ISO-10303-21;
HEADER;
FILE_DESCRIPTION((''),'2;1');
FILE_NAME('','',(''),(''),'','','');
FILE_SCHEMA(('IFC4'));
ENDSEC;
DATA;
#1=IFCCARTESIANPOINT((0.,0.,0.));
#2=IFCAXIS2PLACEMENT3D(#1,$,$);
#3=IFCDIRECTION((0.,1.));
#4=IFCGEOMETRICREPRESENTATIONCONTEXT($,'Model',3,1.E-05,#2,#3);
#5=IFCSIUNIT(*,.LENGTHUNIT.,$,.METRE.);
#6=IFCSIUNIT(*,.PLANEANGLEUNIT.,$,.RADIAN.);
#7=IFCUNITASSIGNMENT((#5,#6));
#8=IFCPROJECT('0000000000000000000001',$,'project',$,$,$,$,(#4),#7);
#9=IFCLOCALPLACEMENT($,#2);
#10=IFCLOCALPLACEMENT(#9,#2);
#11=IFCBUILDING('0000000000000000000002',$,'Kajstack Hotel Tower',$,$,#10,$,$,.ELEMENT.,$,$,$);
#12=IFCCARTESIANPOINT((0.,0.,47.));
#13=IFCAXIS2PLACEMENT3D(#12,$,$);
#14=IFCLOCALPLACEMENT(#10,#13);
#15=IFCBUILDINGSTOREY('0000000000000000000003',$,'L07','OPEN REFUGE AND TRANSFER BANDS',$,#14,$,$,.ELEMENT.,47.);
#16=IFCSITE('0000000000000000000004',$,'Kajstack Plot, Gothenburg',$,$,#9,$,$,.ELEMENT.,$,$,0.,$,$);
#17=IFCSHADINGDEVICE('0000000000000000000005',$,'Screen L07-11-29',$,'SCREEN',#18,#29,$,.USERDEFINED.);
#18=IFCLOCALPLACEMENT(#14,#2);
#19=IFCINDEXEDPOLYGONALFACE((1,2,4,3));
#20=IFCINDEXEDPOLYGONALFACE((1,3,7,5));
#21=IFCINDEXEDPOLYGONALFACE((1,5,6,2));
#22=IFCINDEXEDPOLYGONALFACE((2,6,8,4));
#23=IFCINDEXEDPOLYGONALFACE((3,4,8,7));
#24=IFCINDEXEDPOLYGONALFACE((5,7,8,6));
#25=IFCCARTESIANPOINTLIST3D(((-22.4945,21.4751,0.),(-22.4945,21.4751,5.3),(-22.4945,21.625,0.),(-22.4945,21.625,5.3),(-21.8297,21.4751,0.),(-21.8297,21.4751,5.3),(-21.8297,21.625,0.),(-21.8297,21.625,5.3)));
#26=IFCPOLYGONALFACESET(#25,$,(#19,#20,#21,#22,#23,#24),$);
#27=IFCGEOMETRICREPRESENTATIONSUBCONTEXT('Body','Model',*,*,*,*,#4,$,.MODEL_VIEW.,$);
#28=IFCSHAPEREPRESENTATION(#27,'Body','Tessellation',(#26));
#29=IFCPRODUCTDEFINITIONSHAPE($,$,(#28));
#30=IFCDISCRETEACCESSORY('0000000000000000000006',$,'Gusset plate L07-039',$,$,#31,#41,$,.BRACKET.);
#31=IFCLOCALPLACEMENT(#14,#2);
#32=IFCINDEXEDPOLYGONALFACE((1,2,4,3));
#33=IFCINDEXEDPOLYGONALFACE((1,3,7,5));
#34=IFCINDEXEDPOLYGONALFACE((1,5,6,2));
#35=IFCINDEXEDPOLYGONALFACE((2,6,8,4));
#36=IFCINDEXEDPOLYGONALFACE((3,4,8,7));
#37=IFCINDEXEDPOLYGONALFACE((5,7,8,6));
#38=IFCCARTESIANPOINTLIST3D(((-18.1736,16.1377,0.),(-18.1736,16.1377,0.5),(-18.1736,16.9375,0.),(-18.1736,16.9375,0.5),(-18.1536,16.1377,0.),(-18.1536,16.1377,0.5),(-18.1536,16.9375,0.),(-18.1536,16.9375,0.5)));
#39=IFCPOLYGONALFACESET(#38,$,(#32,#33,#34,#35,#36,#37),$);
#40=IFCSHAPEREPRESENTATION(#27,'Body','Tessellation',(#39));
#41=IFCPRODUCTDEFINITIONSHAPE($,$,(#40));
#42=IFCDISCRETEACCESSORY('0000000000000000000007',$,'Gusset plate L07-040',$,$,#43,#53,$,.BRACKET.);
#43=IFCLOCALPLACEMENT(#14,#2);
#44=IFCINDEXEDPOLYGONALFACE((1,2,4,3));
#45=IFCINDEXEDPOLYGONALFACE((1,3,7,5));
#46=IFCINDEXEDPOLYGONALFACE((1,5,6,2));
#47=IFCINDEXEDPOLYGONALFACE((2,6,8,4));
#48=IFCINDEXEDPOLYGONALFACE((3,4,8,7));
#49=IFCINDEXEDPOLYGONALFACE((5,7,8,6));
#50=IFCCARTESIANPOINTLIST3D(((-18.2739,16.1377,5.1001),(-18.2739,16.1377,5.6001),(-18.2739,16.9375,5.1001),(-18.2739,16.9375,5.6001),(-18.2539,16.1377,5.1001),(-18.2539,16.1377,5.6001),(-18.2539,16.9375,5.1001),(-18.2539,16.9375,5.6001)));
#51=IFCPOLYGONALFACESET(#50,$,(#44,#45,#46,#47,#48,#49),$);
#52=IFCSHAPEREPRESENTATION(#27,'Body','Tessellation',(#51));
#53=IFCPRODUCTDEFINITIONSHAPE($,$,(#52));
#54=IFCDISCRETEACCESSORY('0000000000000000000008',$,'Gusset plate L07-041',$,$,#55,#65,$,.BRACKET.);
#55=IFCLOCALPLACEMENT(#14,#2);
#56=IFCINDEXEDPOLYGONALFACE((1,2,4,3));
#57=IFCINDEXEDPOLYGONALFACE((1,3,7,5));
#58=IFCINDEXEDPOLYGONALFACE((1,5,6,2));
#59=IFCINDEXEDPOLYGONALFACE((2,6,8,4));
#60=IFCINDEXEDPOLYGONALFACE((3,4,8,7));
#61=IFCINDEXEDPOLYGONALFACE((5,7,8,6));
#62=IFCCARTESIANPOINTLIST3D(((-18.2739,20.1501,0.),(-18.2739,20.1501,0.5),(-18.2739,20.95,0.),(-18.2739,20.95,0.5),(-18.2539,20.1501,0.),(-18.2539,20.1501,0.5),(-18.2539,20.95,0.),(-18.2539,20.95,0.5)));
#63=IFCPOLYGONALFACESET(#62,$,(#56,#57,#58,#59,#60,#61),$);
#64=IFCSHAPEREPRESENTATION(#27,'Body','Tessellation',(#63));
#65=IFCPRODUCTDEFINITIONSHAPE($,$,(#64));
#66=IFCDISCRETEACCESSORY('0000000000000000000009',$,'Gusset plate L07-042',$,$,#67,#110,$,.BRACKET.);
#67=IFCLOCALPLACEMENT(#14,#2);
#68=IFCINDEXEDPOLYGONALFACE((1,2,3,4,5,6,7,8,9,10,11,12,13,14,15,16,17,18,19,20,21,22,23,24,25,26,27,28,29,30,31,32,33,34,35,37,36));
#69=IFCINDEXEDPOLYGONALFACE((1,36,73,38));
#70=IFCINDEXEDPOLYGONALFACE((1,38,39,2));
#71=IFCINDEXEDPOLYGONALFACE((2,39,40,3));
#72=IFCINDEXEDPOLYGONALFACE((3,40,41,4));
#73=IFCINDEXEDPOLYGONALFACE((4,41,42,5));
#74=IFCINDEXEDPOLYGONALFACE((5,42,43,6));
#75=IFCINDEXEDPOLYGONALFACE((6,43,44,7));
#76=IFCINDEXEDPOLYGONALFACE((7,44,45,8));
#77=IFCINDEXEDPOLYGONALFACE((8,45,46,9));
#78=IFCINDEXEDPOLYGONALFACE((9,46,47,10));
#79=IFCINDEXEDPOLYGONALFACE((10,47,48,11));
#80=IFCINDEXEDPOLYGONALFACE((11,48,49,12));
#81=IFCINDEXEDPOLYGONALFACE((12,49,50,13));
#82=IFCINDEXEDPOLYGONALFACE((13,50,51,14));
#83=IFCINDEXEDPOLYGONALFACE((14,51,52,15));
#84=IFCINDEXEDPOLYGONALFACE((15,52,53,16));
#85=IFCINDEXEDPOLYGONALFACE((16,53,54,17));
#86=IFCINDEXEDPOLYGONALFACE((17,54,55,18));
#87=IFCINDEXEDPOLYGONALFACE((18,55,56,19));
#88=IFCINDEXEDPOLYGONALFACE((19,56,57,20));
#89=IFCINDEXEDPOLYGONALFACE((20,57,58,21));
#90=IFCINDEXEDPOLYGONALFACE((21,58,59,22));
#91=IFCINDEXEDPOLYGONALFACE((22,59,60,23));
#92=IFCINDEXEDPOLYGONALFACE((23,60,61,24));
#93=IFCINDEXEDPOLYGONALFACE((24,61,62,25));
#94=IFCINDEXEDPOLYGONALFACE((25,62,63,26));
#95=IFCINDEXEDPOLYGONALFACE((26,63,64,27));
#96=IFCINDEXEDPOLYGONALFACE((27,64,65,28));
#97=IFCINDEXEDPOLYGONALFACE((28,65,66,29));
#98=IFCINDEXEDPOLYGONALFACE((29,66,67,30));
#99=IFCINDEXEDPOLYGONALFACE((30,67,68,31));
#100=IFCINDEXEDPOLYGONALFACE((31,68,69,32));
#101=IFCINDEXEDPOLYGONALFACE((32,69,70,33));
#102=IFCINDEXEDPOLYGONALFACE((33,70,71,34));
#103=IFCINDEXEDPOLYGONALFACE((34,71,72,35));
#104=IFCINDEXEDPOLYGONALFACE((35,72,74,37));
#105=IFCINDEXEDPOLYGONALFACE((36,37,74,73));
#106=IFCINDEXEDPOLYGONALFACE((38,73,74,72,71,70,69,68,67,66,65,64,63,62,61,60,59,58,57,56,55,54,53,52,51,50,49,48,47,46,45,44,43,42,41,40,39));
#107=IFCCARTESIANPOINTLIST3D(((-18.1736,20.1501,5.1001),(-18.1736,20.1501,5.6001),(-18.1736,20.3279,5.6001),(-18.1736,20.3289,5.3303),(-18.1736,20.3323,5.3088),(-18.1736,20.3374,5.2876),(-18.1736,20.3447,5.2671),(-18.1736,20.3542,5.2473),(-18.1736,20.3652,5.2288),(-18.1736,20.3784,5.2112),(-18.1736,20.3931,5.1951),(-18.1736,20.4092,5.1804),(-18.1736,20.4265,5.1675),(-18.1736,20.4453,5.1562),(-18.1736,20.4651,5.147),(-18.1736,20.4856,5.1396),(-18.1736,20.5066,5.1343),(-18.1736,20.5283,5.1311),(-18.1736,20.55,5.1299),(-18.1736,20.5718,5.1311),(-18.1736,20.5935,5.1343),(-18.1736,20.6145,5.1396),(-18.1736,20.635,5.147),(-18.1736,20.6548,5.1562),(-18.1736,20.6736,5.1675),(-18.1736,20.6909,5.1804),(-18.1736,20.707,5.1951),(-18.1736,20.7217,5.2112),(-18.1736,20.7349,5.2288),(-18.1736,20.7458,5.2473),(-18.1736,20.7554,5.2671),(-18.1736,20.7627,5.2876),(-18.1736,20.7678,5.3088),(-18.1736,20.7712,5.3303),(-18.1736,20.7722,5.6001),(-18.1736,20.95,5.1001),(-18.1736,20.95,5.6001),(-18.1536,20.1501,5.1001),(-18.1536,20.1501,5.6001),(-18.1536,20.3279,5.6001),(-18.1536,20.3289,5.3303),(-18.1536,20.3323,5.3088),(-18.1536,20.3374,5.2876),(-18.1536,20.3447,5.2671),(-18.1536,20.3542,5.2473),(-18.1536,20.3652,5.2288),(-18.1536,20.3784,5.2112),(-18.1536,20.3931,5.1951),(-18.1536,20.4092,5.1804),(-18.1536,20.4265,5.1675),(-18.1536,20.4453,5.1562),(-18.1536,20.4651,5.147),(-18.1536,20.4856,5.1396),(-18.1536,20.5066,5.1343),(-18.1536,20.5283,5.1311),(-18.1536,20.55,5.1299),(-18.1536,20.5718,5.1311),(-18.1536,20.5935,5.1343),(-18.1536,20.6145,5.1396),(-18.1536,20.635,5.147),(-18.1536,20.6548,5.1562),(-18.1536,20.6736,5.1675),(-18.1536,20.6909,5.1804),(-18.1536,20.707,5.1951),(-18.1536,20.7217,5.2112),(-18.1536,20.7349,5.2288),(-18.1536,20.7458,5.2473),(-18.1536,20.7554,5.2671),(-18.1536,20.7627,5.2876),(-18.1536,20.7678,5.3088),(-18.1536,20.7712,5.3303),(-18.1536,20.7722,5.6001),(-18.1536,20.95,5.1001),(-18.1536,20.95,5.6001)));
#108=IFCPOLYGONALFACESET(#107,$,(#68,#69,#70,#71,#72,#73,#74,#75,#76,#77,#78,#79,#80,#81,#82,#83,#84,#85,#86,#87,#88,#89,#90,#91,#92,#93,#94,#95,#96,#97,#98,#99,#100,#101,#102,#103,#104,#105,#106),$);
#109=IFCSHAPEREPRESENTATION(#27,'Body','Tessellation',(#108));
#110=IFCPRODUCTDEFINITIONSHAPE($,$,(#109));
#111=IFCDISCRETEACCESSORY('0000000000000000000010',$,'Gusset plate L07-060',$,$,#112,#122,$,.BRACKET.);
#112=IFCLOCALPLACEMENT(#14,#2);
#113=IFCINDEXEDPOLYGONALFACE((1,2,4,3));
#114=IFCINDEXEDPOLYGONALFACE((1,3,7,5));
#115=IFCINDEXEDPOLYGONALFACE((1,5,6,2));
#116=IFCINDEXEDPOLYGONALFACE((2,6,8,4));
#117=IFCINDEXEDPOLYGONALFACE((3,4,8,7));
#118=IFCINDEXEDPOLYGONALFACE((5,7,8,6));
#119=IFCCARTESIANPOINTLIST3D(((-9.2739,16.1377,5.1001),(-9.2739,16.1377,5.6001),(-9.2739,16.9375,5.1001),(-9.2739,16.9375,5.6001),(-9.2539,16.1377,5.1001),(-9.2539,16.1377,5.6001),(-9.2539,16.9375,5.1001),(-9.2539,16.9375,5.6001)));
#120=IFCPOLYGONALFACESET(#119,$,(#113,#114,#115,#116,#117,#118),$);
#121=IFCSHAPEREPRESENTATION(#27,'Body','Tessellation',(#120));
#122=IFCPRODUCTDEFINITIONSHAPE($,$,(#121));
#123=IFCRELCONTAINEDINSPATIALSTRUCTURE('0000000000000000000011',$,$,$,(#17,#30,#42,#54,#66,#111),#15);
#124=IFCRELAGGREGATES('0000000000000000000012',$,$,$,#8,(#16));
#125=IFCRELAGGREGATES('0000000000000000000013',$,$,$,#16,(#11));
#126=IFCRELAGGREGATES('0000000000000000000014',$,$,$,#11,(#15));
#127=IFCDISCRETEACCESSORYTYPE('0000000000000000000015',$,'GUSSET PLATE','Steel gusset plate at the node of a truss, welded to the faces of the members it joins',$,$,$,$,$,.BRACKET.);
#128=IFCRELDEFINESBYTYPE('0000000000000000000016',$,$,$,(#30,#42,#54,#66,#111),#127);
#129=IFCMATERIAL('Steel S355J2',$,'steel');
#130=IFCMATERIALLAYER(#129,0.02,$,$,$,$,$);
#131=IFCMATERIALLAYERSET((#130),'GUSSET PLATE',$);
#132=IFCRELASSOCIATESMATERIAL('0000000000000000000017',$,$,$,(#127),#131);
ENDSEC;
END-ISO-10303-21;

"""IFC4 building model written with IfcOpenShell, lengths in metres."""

from ifc_helpers import new_model, si_unit, direction, frame, origin, origin_2d, place, context, subcontext, project, spatial, polyline, rectangle, outline, extrude, material, layer, layer_set, type_object, element, save


model = new_model("IFC4")

# Units and contexts
model_context = context("Model", 3, precision=1e-05, world=origin(), true_north=direction((0.0, 1.0)))
body_context = subcontext(model_context, "Body", "Model", "MODEL_VIEW")
ifc_project = project(units=[si_unit("LENGTHUNIT", "METRE"), si_unit("PLANEANGLEUNIT", "RADIAN")], contexts=[model_context])

# Site, building, storey
site_placement = place(None, origin())
site = spatial("IfcSite", under=ifc_project, at=site_placement, Name="Kajstack Plot, Gothenburg", CompositionType="ELEMENT", RefElevation=0.0)
building_placement = place(site_placement, origin())
building = spatial("IfcBuilding", under=site, at=building_placement, Name="Kajstack Hotel Tower", CompositionType="ELEMENT")
storey_placement = place(building_placement, frame((0.0, 0.0, 47.0)))
storey = spatial("IfcBuildingStorey", under=building, at=storey_placement, Name="L07", Description="OPEN REFUGE AND TRANSFER BANDS", CompositionType="ELEMENT", Elevation=47.0)

# Shared definitions
ifc_material_1 = material(Name="Steel S355J2", Category="steel")

# Shading device
for number, where, z_axis, x_axis, name in (
    (1, (-22.1621, 21.55, 0.0), (0.0, 0.0, 1.0), (-1.0, 0.0, 0.0), "Screen L07-11-29"),
):
    element("IfcShadingDevice", number, at=place(storey_placement, frame(where, z_axis=z_axis, x_axis=x_axis)), inside=storey, Name=name, ObjectType="SCREEN", PredefinedType="USERDEFINED", context=body_context, shape_type="SweptSolid", body=[
        extrude(rectangle(XDim=0.6648, YDim=0.1499, at=origin_2d()), origin(), (0.0, 0.0, 1.0), 5.3),
    ])

# Discrete accessories
ifc_layer_1 = layer(ifc_material_1, 0.02)
ifc_layer_set_1 = layer_set([ifc_layer_1], Name="GUSSET PLATE")
discrete_accessory_type = type_object("IfcDiscreteAccessoryType", Name="GUSSET PLATE", Description="Steel gusset plate at the node of a truss, welded to the faces of the members it joins", PredefinedType="BRACKET", material=ifc_layer_set_1)
for number, where, z_axis, x_axis, name in (
    (2, (-18.1736, 16.5376, 0.0), (1.0, 0.0, 0.0), (0.0, 1.0, 0.0), "Gusset plate L07-039"),
    (3, (-18.2739, 16.5376, 5.1001), (1.0, 0.0, 0.0), (0.0, 1.0, 0.0), "Gusset plate L07-040"),
    (4, (-18.2739, 20.55, 0.0), (1.0, 0.0, 0.0), (0.0, 1.0, 0.0), "Gusset plate L07-041"),
):
    element("IfcDiscreteAccessory", number, at=place(storey_placement, frame(where, z_axis=z_axis, x_axis=x_axis)), inside=storey, type_object=discrete_accessory_type, Name=name, PredefinedType="BRACKET", context=body_context, shape_type="SweptSolid", body=[
        extrude(outline(polyline([(-0.3999, 0.0), (0.3999, 0.0), (0.3999, 0.5), (-0.3999, 0.5), (-0.3999, 0.0)])), origin(), (0.0, 0.0, 1.0), 0.02),
    ])
discrete_accessory_1_placement = place(storey_placement, frame((-18.1736, 20.55, 5.1001), z_axis=(1.0, 0.0, 0.0), x_axis=(0.0, 1.0, 0.0)))
element("IfcDiscreteAccessory", 5, at=discrete_accessory_1_placement, inside=storey, type_object=discrete_accessory_type, Name="Gusset plate L07-042", PredefinedType="BRACKET", context=body_context, shape_type="SweptSolid", body=[
    extrude(outline(polyline([(0.3999, 0.5), (0.2222, 0.5), (0.2212, 0.2302), (0.2178, 0.2087), (0.2126, 0.1875), (0.2053, 0.167), (0.1958, 0.1472), (0.1848, 0.1287), (0.1716, 0.1111), (0.157, 0.095), (0.1409, 0.0803), (0.1235, 0.0674), (0.1047, 0.0562), (0.085, 0.0469), (0.0645, 0.0396), (0.0435, 0.0342), (0.0217, 0.031), (0.0, 0.0298), (-0.0217, 0.031), (-0.0435, 0.0342), (-0.0645, 0.0396), (-0.085, 0.0469), (-0.1047, 0.0562), (-0.1235, 0.0674), (-0.1409, 0.0803), (-0.157, 0.095), (-0.1716, 0.1111), (-0.1848, 0.1287), (-0.1958, 0.1472), (-0.2053, 0.167), (-0.2126, 0.1875), (-0.2178, 0.2087), (-0.2212, 0.2302), (-0.2222, 0.5), (-0.3999, 0.5), (-0.3999, 0.0), (0.3999, 0.0), (0.3999, 0.5)])), origin(), (0.0, 0.0, 1.0), 0.02),
])
discrete_accessory_2_placement = place(storey_placement, frame((-9.2739, 16.5376, 5.1001), z_axis=(1.0, 0.0, 0.0), x_axis=(0.0, 1.0, 0.0)))
element("IfcDiscreteAccessory", 6, at=discrete_accessory_2_placement, inside=storey, type_object=discrete_accessory_type, Name="Gusset plate L07-060", PredefinedType="BRACKET", context=body_context, shape_type="SweptSolid", body=[
    extrude(outline(polyline([(-0.3999, 0.0), (0.3999, 0.0), (0.3999, 0.5), (-0.3999, 0.5), (-0.3999, 0.0)])), origin(), (0.0, 0.0, 1.0), 0.02),
])

save(model, "model.ifc")
